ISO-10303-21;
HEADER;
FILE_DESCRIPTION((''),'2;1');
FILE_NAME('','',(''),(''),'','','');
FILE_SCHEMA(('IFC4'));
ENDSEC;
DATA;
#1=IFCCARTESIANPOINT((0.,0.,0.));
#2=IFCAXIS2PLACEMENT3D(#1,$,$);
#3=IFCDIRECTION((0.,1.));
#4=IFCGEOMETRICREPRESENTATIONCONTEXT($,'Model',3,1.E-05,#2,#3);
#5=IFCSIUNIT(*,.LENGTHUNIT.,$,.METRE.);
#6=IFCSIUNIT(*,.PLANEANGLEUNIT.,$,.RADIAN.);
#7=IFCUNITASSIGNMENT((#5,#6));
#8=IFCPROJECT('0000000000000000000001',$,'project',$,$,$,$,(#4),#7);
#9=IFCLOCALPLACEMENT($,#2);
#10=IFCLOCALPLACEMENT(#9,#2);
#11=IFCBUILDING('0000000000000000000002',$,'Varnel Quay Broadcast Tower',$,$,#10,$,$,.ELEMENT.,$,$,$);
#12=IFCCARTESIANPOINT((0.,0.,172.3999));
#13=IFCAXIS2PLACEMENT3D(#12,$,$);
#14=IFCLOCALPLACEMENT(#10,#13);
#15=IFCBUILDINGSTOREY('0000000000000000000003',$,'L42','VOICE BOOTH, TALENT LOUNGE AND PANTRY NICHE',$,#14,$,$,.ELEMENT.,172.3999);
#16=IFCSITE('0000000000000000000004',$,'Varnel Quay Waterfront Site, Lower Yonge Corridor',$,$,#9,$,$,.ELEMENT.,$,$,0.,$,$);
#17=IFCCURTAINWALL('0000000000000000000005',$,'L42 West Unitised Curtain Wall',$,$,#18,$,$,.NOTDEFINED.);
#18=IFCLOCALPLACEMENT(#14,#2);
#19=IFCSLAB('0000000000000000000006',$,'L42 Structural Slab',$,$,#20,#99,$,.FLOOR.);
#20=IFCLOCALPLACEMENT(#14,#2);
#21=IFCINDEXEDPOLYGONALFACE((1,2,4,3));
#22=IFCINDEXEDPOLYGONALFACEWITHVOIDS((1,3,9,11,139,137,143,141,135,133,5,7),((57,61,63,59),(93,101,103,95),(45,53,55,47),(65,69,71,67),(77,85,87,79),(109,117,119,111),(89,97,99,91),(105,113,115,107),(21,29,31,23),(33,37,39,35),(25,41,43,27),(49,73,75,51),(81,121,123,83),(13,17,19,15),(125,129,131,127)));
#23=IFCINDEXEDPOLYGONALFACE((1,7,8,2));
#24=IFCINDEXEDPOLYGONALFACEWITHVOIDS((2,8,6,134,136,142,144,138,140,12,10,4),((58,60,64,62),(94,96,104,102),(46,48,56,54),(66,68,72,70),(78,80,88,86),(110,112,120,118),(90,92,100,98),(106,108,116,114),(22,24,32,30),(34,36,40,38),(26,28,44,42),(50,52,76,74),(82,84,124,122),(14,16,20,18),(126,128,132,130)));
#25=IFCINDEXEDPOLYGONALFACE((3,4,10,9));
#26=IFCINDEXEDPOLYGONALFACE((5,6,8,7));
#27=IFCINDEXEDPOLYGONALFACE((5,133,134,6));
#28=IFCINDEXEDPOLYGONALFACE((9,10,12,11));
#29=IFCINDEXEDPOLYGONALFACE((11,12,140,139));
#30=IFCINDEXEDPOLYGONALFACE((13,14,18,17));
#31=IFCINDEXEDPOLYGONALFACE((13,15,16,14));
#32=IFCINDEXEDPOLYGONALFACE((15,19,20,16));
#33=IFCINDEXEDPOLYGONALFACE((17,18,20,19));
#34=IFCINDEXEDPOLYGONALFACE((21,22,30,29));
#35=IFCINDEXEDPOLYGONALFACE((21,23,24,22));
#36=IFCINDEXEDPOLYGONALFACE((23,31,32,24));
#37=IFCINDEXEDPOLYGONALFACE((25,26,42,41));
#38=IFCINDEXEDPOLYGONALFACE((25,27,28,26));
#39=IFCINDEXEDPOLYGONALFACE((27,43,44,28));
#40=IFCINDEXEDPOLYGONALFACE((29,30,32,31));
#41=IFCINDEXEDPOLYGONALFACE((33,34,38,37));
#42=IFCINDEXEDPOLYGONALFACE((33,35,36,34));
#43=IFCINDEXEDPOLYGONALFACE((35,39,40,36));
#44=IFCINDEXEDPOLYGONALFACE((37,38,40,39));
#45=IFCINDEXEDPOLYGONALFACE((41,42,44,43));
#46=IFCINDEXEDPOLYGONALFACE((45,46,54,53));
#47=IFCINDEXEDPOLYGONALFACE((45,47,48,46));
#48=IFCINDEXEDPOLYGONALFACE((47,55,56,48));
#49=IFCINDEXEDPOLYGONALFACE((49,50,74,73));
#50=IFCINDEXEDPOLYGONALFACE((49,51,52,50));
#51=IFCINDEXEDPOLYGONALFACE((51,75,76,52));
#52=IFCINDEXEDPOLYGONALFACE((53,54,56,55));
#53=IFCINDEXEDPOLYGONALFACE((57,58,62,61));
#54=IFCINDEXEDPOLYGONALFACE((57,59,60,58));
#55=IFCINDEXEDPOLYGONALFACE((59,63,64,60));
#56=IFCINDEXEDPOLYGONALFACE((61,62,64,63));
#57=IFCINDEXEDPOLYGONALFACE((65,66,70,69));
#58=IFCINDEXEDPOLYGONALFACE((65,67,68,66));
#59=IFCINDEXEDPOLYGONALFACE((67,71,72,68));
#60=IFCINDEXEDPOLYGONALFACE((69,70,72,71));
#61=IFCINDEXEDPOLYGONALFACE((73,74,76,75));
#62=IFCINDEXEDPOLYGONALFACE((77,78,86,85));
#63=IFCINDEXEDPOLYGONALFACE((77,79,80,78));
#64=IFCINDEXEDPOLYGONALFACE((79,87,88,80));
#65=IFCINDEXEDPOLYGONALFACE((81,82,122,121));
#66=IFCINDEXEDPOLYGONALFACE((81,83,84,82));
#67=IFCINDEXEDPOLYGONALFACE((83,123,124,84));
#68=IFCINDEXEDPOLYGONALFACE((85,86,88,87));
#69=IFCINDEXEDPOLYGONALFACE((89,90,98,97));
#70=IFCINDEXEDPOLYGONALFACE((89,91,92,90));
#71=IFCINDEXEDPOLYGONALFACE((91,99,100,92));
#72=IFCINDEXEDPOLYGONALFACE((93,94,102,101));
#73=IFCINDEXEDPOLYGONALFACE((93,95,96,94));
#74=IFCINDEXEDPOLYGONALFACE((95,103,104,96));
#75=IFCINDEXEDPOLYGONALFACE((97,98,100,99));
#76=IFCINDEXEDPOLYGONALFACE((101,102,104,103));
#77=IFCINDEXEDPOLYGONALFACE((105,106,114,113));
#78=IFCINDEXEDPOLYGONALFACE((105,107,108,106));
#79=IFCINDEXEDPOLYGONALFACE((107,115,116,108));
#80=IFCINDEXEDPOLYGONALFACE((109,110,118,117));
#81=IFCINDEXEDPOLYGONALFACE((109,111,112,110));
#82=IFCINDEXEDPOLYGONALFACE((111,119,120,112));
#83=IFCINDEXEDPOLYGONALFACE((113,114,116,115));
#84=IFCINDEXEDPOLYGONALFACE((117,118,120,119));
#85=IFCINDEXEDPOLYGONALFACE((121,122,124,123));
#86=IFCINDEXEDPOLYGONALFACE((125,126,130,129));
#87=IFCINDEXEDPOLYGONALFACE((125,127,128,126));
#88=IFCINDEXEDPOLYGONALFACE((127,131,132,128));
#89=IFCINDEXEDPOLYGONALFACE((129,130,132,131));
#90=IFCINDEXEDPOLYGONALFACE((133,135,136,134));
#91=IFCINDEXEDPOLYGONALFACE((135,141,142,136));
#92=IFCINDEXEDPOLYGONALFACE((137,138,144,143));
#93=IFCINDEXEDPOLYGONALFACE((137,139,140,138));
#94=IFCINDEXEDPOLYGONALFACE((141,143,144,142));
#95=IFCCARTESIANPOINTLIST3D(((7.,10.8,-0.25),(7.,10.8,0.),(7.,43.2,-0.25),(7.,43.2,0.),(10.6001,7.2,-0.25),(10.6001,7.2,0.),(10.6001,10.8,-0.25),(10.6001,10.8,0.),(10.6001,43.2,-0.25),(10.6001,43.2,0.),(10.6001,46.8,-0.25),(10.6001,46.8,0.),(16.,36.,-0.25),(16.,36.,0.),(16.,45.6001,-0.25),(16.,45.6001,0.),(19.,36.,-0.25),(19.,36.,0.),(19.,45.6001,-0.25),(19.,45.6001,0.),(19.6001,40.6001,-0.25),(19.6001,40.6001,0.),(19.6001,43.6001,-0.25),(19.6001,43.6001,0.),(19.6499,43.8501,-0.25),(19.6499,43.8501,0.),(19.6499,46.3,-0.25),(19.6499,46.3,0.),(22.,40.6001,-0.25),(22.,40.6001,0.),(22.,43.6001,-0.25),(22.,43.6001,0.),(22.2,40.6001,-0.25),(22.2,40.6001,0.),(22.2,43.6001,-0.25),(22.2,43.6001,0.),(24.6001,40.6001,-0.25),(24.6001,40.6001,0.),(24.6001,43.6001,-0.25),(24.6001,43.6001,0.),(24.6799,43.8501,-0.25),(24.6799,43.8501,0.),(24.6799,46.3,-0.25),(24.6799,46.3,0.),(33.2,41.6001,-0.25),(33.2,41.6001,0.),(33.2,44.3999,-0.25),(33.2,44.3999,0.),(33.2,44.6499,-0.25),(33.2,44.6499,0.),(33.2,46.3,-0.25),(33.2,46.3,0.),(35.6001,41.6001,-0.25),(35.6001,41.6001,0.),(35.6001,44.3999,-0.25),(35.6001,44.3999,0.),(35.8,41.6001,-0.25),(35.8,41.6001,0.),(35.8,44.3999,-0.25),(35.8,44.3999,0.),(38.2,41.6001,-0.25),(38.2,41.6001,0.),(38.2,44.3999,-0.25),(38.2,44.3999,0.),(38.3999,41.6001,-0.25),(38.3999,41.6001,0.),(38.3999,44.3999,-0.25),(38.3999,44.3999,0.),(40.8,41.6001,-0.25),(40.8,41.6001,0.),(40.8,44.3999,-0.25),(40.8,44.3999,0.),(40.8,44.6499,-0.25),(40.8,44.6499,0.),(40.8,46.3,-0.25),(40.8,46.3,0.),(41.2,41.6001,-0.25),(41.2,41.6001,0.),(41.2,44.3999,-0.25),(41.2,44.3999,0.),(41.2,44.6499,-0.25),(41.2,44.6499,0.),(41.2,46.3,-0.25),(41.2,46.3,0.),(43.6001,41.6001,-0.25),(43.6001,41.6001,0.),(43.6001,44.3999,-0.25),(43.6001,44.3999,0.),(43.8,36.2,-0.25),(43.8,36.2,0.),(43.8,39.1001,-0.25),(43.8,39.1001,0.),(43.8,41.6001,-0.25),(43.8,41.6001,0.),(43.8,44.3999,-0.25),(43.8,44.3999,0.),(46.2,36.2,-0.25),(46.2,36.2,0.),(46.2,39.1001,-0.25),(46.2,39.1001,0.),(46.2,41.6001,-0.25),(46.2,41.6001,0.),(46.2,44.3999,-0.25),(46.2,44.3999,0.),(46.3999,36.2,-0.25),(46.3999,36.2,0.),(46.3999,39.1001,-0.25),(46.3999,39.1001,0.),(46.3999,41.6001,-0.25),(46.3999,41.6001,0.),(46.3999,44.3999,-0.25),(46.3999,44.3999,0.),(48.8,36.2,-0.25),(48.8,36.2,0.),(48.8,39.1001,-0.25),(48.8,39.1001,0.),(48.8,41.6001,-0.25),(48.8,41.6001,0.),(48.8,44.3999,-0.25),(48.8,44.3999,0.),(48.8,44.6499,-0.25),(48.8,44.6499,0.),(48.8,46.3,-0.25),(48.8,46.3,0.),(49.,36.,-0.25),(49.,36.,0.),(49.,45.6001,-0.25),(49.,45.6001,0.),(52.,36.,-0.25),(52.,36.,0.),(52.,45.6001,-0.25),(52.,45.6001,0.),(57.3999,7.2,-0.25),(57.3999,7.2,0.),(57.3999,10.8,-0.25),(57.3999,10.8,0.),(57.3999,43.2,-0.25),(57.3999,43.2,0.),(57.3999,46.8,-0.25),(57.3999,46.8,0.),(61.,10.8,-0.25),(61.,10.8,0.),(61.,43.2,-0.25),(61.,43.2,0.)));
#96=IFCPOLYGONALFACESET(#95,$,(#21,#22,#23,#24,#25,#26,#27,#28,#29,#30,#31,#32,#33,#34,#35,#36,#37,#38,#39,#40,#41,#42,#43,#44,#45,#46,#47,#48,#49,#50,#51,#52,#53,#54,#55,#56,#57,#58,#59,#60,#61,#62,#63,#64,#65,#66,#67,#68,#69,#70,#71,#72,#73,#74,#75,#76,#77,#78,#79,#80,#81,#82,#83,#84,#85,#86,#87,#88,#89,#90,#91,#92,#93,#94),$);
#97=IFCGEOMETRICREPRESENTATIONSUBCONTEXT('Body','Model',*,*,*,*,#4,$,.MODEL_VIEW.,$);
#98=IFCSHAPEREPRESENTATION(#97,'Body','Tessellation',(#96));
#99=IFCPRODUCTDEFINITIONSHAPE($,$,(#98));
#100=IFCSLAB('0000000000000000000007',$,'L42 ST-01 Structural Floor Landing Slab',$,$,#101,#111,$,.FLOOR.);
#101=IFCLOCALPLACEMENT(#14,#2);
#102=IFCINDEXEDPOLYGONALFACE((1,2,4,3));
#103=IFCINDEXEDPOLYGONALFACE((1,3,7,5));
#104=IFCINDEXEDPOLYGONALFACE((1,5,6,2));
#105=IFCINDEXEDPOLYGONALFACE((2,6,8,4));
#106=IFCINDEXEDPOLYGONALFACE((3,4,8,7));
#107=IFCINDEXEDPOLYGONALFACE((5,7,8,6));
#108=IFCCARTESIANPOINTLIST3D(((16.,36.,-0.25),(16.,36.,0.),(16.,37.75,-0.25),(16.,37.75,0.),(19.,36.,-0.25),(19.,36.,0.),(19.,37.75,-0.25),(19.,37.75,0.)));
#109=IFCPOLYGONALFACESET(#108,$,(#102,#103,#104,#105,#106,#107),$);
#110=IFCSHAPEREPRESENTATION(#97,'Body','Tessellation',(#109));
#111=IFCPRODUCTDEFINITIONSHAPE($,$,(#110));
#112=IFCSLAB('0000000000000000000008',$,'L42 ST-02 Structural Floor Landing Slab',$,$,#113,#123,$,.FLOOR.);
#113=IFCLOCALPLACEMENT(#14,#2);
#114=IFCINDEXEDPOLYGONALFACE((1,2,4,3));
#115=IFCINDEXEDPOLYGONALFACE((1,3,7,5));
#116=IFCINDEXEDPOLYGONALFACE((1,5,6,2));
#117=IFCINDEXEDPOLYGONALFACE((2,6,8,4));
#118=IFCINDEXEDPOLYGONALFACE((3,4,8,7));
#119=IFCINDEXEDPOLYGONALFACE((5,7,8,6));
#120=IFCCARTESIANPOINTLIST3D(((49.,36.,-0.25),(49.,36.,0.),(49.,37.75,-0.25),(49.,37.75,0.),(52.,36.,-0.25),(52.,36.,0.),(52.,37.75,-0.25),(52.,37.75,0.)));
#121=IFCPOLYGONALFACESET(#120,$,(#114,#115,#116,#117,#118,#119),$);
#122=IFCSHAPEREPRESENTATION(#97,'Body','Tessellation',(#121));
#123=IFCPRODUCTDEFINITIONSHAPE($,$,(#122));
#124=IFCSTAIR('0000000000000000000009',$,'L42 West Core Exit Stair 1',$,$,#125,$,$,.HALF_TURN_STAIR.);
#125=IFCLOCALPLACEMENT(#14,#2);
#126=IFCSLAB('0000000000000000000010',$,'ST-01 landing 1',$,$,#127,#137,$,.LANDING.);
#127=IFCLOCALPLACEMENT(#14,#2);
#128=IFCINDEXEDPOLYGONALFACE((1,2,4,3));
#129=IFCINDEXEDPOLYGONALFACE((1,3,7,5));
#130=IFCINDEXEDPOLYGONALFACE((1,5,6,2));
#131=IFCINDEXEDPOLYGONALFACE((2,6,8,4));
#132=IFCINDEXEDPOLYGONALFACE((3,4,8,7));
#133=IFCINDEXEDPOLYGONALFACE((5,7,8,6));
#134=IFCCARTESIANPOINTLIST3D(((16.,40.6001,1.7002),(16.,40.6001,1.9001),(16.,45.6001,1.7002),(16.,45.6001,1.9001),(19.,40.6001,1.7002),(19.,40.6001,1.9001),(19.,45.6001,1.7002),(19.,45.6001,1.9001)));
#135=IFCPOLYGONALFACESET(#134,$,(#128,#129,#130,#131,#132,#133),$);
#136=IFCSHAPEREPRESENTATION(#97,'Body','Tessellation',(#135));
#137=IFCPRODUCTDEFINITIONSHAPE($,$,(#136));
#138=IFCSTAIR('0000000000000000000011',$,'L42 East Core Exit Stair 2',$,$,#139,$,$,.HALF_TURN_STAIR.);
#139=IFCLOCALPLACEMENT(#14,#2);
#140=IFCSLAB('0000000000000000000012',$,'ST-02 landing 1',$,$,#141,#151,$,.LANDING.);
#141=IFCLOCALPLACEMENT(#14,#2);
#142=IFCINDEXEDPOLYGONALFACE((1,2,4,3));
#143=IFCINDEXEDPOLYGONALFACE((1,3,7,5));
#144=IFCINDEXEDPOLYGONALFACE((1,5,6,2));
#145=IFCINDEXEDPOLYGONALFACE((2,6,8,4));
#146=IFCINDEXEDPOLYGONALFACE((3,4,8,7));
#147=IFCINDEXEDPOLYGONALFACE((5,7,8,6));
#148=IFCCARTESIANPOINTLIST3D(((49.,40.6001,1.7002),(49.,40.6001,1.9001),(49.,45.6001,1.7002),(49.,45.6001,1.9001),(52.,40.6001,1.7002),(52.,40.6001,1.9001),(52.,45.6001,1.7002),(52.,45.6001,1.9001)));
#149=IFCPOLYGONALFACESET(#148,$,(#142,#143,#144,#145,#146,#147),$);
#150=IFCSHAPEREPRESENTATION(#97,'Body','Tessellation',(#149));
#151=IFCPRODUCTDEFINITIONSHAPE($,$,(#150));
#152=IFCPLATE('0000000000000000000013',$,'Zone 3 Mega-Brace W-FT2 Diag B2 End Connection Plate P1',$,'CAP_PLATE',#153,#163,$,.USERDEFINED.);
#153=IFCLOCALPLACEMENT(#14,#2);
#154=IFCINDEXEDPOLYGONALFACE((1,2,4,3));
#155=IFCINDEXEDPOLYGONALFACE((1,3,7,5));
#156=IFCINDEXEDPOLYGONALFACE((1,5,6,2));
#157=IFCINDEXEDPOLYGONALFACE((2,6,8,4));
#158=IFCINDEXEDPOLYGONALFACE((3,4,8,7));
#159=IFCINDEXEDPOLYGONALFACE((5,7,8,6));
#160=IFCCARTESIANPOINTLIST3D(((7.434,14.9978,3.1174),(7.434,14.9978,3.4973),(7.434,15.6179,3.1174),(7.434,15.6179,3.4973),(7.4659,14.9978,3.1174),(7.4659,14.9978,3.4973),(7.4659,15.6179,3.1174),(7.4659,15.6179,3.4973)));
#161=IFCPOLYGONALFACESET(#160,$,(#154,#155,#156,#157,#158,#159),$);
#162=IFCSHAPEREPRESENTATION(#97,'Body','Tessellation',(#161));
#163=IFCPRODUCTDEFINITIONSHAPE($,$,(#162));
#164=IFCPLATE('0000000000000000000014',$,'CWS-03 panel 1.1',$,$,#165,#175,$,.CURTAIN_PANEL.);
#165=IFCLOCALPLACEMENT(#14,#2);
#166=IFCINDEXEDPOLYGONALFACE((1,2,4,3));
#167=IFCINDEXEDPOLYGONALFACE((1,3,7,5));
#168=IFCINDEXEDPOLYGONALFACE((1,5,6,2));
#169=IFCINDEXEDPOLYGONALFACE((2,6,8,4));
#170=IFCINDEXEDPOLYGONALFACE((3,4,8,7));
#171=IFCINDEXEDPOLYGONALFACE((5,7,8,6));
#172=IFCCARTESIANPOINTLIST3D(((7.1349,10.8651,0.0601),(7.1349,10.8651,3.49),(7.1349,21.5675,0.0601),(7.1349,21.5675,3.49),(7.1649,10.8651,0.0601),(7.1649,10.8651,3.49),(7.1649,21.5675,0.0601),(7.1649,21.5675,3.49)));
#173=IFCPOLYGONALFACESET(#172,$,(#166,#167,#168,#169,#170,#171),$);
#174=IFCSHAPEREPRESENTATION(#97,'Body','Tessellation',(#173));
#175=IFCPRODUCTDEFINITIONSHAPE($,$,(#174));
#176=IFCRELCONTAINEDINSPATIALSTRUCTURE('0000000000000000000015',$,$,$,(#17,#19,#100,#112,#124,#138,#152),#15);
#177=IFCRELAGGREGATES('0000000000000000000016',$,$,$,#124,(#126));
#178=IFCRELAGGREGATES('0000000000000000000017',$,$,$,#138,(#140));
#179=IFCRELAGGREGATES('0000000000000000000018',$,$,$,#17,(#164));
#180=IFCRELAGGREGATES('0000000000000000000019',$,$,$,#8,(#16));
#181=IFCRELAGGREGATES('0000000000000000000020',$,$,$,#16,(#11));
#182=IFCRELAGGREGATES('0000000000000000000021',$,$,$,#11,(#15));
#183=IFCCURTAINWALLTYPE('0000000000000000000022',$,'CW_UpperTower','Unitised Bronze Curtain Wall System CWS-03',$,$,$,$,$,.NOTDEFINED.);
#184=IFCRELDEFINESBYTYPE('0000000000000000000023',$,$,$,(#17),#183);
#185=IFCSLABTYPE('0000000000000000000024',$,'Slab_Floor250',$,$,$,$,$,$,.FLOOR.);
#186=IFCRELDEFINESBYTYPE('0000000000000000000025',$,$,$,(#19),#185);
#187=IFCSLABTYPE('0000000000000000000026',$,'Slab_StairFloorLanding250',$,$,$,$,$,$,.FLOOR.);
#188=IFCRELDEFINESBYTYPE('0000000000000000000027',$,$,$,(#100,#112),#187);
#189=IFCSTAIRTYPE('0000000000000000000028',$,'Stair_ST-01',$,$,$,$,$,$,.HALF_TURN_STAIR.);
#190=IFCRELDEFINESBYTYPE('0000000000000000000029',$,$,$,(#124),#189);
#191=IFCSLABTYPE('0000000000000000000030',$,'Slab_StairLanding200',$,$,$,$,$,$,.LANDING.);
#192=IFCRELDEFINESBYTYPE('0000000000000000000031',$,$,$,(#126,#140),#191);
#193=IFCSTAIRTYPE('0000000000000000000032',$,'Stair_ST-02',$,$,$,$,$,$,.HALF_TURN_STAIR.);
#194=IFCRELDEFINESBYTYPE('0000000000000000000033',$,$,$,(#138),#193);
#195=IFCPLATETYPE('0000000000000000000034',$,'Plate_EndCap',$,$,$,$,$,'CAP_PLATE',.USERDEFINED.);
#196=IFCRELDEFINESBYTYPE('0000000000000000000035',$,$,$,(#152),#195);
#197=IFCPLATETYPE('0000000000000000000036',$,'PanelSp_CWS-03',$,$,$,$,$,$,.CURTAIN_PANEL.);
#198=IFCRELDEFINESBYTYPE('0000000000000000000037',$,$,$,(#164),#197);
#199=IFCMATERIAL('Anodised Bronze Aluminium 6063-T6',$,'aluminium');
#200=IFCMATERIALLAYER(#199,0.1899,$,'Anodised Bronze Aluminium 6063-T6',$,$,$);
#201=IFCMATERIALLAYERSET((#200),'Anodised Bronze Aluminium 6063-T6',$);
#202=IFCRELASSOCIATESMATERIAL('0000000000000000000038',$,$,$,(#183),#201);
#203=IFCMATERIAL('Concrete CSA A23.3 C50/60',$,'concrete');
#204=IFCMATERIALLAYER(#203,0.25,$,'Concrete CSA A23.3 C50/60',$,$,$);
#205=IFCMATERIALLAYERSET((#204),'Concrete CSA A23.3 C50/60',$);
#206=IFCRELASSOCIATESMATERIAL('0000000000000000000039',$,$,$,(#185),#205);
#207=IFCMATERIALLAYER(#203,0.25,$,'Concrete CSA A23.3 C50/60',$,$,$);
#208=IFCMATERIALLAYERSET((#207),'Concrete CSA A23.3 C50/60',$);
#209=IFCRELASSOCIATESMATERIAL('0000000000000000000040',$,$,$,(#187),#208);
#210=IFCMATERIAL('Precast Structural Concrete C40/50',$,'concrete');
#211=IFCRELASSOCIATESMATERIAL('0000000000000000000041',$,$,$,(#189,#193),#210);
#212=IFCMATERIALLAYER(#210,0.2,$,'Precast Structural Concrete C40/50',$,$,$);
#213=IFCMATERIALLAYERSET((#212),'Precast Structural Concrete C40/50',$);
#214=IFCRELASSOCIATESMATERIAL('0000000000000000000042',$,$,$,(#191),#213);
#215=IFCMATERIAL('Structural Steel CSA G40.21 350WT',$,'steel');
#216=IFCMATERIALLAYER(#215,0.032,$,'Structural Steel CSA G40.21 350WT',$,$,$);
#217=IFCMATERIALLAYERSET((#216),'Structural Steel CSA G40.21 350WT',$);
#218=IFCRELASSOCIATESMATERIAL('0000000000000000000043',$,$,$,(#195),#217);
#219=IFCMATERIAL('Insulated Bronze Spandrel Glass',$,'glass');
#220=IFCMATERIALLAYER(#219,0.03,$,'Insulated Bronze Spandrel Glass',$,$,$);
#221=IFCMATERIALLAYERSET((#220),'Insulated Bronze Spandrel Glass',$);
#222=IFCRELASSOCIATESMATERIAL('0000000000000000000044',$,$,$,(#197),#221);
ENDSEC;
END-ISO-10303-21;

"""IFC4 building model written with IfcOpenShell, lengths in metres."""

from ifc_helpers import new_model, si_unit, direction, frame, origin, origin_2d, place, context, subcontext, project, spatial, polyline, rectangle, outline, extrude, source, transform, mapped, material, layer, layer_set, type_object, type_shapes, element, aggregate, save


model = new_model("IFC4")

# Units and contexts
model_context = context("Model", 3, precision=1e-05, world=origin(), true_north=direction((0.0, 1.0)))
body_context = subcontext(model_context, "Body", "Model", "MODEL_VIEW")
ifc_project = project(units=[si_unit("LENGTHUNIT", "METRE"), si_unit("PLANEANGLEUNIT", "RADIAN")], contexts=[model_context])

# Site, building, storey
site_placement = place(None, origin())
site = spatial("IfcSite", under=ifc_project, at=site_placement, Name="Varnel Quay Waterfront Site, Lower Yonge Corridor", CompositionType="ELEMENT", RefElevation=0.0)
building_placement = place(site_placement, origin())
building = spatial("IfcBuilding", under=site, at=building_placement, Name="Varnel Quay Broadcast Tower", CompositionType="ELEMENT")
storey_placement = place(building_placement, frame((0.0, 0.0, 172.3999)))
storey = spatial("IfcBuildingStorey", under=building, at=storey_placement, Name="L42", Description="VOICE BOOTH, TALENT LOUNGE AND PANTRY NICHE", CompositionType="ELEMENT", Elevation=172.3999)

# Curtain wall
ifc_material_1 = material(Name="Anodised Bronze Aluminium 6063-T6", Category="aluminium")
ifc_layer_1 = layer(ifc_material_1, 0.1899, Name="Anodised Bronze Aluminium 6063-T6")
ifc_layer_set_1 = layer_set([ifc_layer_1], Name="Anodised Bronze Aluminium 6063-T6")
curtain_wall_type_1 = type_object("IfcCurtainWallType", Name="CW_UpperTower", Description="Unitised Bronze Curtain Wall System CWS-03", PredefinedType="NOTDEFINED", material=ifc_layer_set_1)
curtain_wall_1_placement = place(storey_placement, origin())
curtain_wall_1 = element("IfcCurtainWall", 1, at=curtain_wall_1_placement, inside=storey, type_object=curtain_wall_type_1, Name="L42 West Unitised Curtain Wall", PredefinedType="NOTDEFINED")

# Slabs
ifc_material_2 = material(Name="Concrete CSA A23.3 C50/60", Category="concrete")
ifc_layer_2 = layer(ifc_material_2, 0.25, Name="Concrete CSA A23.3 C50/60")
ifc_layer_set_2 = layer_set([ifc_layer_2], Name="Concrete CSA A23.3 C50/60")
slab_type_1 = type_object("IfcSlabType", Name="Slab_Floor250", PredefinedType="FLOOR", material=ifc_layer_set_2)
slab_1_placement = place(storey_placement, frame((0.0, 0.0, -0.25)))
element("IfcSlab", 2, at=slab_1_placement, inside=storey, type_object=slab_type_1, Name="L42 Structural Slab", PredefinedType="FLOOR", context=body_context, shape_type="SweptSolid", body=[
    extrude(outline(polyline([(10.6001, 7.2), (57.3999, 7.2), (57.3999, 10.8), (61.0, 10.8), (61.0, 43.2), (57.3999, 43.2), (57.3999, 46.8), (10.6001, 46.8), (10.6001, 43.2), (7.0, 43.2), (7.0, 10.8), (10.6001, 10.8), (10.6001, 7.2)]), holes=[polyline([(19.0, 36.0), (16.0, 36.0), (16.0, 45.6001), (19.0, 45.6001), (19.0, 36.0)]), polyline([(19.6001, 43.6001), (22.0, 43.6001), (22.0, 40.6001), (19.6001, 40.6001), (19.6001, 43.6001)]), polyline([(22.2, 43.6001), (24.6001, 43.6001), (24.6001, 40.6001), (22.2, 40.6001), (22.2, 43.6001)]), polyline([(33.2, 44.3999), (35.6001, 44.3999), (35.6001, 41.6001), (33.2, 41.6001), (33.2, 44.3999)]), polyline([(35.8, 44.3999), (38.2, 44.3999), (38.2, 41.6001), (35.8, 41.6001), (35.8, 44.3999)]), polyline([(38.3999, 44.3999), (40.8, 44.3999), (40.8, 41.6001), (38.3999, 41.6001), (38.3999, 44.3999)]), polyline([(19.6499, 46.3), (24.6799, 46.3), (24.6799, 43.8501), (19.6499, 43.8501), (19.6499, 46.3)]), polyline([(33.2, 46.3), (40.8, 46.3), (40.8, 44.6499), (33.2, 44.6499), (33.2, 46.3)]), polyline([(43.8, 39.1001), (46.2, 39.1001), (46.2, 36.2), (43.8, 36.2), (43.8, 39.1001)]), polyline([(46.3999, 39.1001), (48.8, 39.1001), (48.8, 36.2), (46.3999, 36.2), (46.3999, 39.1001)]), polyline([(49.0, 36.0), (49.0, 45.6001), (52.0, 45.6001), (52.0, 36.0), (49.0, 36.0)]), polyline([(41.2, 44.3999), (43.6001, 44.3999), (43.6001, 41.6001), (41.2, 41.6001), (41.2, 44.3999)]), polyline([(43.8, 44.3999), (46.2, 44.3999), (46.2, 41.6001), (43.8, 41.6001), (43.8, 44.3999)]), polyline([(46.3999, 44.3999), (48.8, 44.3999), (48.8, 41.6001), (46.3999, 41.6001), (46.3999, 44.3999)]), polyline([(41.2, 46.3), (48.8, 46.3), (48.8, 44.6499), (41.2, 44.6499), (41.2, 46.3)])]), origin(), (0.0, 0.0, 1.0), 0.25),
])
ifc_layer_3 = layer(ifc_material_2, 0.25, Name="Concrete CSA A23.3 C50/60")
ifc_layer_set_3 = layer_set([ifc_layer_3], Name="Concrete CSA A23.3 C50/60")
slab_type_2 = type_object("IfcSlabType", Name="Slab_StairFloorLanding250", PredefinedType="FLOOR", material=ifc_layer_set_3)
slab_2_placement = place(storey_placement, frame((0.0, 0.0, -0.25)))
element("IfcSlab", 3, at=slab_2_placement, inside=storey, type_object=slab_type_2, Name="L42 ST-01 Structural Floor Landing Slab", PredefinedType="FLOOR", context=body_context, shape_type="SweptSolid", body=[
    extrude(outline(polyline([(19.0, 36.0), (19.0, 37.75), (16.0, 37.75), (16.0, 36.0), (19.0, 36.0)])), origin(), (0.0, 0.0, 1.0), 0.25),
])
slab_3_placement = place(storey_placement, frame((0.0, 0.0, -0.25)))
element("IfcSlab", 4, at=slab_3_placement, inside=storey, type_object=slab_type_2, Name="L42 ST-02 Structural Floor Landing Slab", PredefinedType="FLOOR", context=body_context, shape_type="SweptSolid", body=[
    extrude(outline(polyline([(52.0, 36.0), (52.0, 37.75), (49.0, 37.75), (49.0, 36.0), (52.0, 36.0)])), origin(), (0.0, 0.0, 1.0), 0.25),
])

# Stairs, slabs
ifc_material_3 = material(Name="Precast Structural Concrete C40/50", Category="concrete")
stair_type_1 = type_object("IfcStairType", Name="Stair_ST-01", PredefinedType="HALF_TURN_STAIR", material=ifc_material_3)
stair_1_placement = place(storey_placement, origin())
stair_1 = element("IfcStair", 5, at=stair_1_placement, inside=storey, type_object=stair_type_1, Name="L42 West Core Exit Stair 1", PredefinedType="HALF_TURN_STAIR")
ifc_layer_4 = layer(ifc_material_3, 0.2, Name="Precast Structural Concrete C40/50")
ifc_layer_set_4 = layer_set([ifc_layer_4], Name="Precast Structural Concrete C40/50")
slab_type_3 = type_object("IfcSlabType", Name="Slab_StairLanding200", PredefinedType="LANDING", material=ifc_layer_set_4)
slab_4_placement = place(storey_placement, frame((0.0, 0.0, 1.7002)))
slab_4 = element("IfcSlab", 6, at=slab_4_placement, type_object=slab_type_3, Name="ST-01 landing 1", PredefinedType="LANDING", context=body_context, shape_type="SweptSolid", body=[
    extrude(outline(polyline([(19.0, 40.6001), (19.0, 45.6001), (16.0, 45.6001), (16.0, 40.6001), (19.0, 40.6001)])), origin(), (0.0, 0.0, 1.0), 0.2),
])
aggregate(stair_1, [slab_4])
stair_type_2 = type_object("IfcStairType", Name="Stair_ST-02", PredefinedType="HALF_TURN_STAIR", material=ifc_material_3)
stair_2_placement = place(storey_placement, origin())
stair_2 = element("IfcStair", 7, at=stair_2_placement, inside=storey, type_object=stair_type_2, Name="L42 East Core Exit Stair 2", PredefinedType="HALF_TURN_STAIR")
slab_5_placement = place(storey_placement, frame((0.0, 0.0, 1.7002)))
slab_5 = element("IfcSlab", 8, at=slab_5_placement, type_object=slab_type_3, Name="ST-02 landing 1", PredefinedType="LANDING", context=body_context, shape_type="SweptSolid", body=[
    extrude(outline(polyline([(52.0, 40.6001), (52.0, 45.6001), (49.0, 45.6001), (49.0, 40.6001), (52.0, 40.6001)])), origin(), (0.0, 0.0, 1.0), 0.2),
])
aggregate(stair_2, [slab_5])

# Plates
ifc_material_4 = material(Name="Structural Steel CSA G40.21 350WT", Category="steel")
ifc_layer_5 = layer(ifc_material_4, 0.032, Name="Structural Steel CSA G40.21 350WT")
ifc_layer_set_5 = layer_set([ifc_layer_5], Name="Structural Steel CSA G40.21 350WT")
plate_type_1 = type_object("IfcPlateType", Name="Plate_EndCap", ElementType="CAP_PLATE", PredefinedType="USERDEFINED", material=ifc_layer_set_5)
shared_shape_1 = source(origin(), body_context, "Body", "SweptSolid", [
    extrude(rectangle(XDim=0.6201, YDim=0.032, at=origin_2d()), origin(), (0.0, 0.0, 1.0), 0.3799),
])
type_shapes(plate_type_1, [shared_shape_1])
plate_1_placement = place(storey_placement, frame((7.45, 15.3079, 3.1174), z_axis=(0.0, 0.0, 1.0), x_axis=(0.0, 1.0, 0.0)))
element("IfcPlate", 9, at=plate_1_placement, inside=storey, type_object=plate_type_1, Name="Zone 3 Mega-Brace W-FT2 Diag B2 End Connection Plate P1", ObjectType="CAP_PLATE", PredefinedType="USERDEFINED", context=body_context, shape_type="MappedRepresentation", body=[
    mapped(shared_shape_1, transform((0.0, 0.0, 0.0), x_axis=(1.0, 0.0, 0.0), y_axis=(0.0, 1.0, 0.0), z_axis=(0.0, 0.0, 1.0), scale=1.0)),
])
ifc_material_5 = material(Name="Insulated Bronze Spandrel Glass", Category="glass")
ifc_layer_6 = layer(ifc_material_5, 0.03, Name="Insulated Bronze Spandrel Glass")
ifc_layer_set_6 = layer_set([ifc_layer_6], Name="Insulated Bronze Spandrel Glass")
plate_type_2 = type_object("IfcPlateType", Name="PanelSp_CWS-03", PredefinedType="CURTAIN_PANEL", material=ifc_layer_set_6)
shared_shape_2 = source(origin(), body_context, "Body", "SweptSolid", [
    extrude(rectangle(XDim=10.7024, YDim=0.03, at=origin_2d()), origin(), (0.0, 0.0, 1.0), 3.4299),
])
type_shapes(plate_type_2, [shared_shape_2])
plate_2_placement = place(storey_placement, frame((7.1499, 16.2163, 0.0601), z_axis=(0.0, 0.0, 1.0), x_axis=(0.0, 1.0, 0.0)))
plate_2 = element("IfcPlate", 10, at=plate_2_placement, type_object=plate_type_2, Name="CWS-03 panel 1.1", PredefinedType="CURTAIN_PANEL", context=body_context, shape_type="MappedRepresentation", body=[
    mapped(shared_shape_2, transform((0.0, 0.0, 0.0), x_axis=(1.0, 0.0, 0.0), y_axis=(0.0, 1.0, 0.0), z_axis=(0.0, 0.0, 1.0), scale=1.0)),
])
aggregate(curtain_wall_1, [plate_2])

save(model, "model.ifc")
